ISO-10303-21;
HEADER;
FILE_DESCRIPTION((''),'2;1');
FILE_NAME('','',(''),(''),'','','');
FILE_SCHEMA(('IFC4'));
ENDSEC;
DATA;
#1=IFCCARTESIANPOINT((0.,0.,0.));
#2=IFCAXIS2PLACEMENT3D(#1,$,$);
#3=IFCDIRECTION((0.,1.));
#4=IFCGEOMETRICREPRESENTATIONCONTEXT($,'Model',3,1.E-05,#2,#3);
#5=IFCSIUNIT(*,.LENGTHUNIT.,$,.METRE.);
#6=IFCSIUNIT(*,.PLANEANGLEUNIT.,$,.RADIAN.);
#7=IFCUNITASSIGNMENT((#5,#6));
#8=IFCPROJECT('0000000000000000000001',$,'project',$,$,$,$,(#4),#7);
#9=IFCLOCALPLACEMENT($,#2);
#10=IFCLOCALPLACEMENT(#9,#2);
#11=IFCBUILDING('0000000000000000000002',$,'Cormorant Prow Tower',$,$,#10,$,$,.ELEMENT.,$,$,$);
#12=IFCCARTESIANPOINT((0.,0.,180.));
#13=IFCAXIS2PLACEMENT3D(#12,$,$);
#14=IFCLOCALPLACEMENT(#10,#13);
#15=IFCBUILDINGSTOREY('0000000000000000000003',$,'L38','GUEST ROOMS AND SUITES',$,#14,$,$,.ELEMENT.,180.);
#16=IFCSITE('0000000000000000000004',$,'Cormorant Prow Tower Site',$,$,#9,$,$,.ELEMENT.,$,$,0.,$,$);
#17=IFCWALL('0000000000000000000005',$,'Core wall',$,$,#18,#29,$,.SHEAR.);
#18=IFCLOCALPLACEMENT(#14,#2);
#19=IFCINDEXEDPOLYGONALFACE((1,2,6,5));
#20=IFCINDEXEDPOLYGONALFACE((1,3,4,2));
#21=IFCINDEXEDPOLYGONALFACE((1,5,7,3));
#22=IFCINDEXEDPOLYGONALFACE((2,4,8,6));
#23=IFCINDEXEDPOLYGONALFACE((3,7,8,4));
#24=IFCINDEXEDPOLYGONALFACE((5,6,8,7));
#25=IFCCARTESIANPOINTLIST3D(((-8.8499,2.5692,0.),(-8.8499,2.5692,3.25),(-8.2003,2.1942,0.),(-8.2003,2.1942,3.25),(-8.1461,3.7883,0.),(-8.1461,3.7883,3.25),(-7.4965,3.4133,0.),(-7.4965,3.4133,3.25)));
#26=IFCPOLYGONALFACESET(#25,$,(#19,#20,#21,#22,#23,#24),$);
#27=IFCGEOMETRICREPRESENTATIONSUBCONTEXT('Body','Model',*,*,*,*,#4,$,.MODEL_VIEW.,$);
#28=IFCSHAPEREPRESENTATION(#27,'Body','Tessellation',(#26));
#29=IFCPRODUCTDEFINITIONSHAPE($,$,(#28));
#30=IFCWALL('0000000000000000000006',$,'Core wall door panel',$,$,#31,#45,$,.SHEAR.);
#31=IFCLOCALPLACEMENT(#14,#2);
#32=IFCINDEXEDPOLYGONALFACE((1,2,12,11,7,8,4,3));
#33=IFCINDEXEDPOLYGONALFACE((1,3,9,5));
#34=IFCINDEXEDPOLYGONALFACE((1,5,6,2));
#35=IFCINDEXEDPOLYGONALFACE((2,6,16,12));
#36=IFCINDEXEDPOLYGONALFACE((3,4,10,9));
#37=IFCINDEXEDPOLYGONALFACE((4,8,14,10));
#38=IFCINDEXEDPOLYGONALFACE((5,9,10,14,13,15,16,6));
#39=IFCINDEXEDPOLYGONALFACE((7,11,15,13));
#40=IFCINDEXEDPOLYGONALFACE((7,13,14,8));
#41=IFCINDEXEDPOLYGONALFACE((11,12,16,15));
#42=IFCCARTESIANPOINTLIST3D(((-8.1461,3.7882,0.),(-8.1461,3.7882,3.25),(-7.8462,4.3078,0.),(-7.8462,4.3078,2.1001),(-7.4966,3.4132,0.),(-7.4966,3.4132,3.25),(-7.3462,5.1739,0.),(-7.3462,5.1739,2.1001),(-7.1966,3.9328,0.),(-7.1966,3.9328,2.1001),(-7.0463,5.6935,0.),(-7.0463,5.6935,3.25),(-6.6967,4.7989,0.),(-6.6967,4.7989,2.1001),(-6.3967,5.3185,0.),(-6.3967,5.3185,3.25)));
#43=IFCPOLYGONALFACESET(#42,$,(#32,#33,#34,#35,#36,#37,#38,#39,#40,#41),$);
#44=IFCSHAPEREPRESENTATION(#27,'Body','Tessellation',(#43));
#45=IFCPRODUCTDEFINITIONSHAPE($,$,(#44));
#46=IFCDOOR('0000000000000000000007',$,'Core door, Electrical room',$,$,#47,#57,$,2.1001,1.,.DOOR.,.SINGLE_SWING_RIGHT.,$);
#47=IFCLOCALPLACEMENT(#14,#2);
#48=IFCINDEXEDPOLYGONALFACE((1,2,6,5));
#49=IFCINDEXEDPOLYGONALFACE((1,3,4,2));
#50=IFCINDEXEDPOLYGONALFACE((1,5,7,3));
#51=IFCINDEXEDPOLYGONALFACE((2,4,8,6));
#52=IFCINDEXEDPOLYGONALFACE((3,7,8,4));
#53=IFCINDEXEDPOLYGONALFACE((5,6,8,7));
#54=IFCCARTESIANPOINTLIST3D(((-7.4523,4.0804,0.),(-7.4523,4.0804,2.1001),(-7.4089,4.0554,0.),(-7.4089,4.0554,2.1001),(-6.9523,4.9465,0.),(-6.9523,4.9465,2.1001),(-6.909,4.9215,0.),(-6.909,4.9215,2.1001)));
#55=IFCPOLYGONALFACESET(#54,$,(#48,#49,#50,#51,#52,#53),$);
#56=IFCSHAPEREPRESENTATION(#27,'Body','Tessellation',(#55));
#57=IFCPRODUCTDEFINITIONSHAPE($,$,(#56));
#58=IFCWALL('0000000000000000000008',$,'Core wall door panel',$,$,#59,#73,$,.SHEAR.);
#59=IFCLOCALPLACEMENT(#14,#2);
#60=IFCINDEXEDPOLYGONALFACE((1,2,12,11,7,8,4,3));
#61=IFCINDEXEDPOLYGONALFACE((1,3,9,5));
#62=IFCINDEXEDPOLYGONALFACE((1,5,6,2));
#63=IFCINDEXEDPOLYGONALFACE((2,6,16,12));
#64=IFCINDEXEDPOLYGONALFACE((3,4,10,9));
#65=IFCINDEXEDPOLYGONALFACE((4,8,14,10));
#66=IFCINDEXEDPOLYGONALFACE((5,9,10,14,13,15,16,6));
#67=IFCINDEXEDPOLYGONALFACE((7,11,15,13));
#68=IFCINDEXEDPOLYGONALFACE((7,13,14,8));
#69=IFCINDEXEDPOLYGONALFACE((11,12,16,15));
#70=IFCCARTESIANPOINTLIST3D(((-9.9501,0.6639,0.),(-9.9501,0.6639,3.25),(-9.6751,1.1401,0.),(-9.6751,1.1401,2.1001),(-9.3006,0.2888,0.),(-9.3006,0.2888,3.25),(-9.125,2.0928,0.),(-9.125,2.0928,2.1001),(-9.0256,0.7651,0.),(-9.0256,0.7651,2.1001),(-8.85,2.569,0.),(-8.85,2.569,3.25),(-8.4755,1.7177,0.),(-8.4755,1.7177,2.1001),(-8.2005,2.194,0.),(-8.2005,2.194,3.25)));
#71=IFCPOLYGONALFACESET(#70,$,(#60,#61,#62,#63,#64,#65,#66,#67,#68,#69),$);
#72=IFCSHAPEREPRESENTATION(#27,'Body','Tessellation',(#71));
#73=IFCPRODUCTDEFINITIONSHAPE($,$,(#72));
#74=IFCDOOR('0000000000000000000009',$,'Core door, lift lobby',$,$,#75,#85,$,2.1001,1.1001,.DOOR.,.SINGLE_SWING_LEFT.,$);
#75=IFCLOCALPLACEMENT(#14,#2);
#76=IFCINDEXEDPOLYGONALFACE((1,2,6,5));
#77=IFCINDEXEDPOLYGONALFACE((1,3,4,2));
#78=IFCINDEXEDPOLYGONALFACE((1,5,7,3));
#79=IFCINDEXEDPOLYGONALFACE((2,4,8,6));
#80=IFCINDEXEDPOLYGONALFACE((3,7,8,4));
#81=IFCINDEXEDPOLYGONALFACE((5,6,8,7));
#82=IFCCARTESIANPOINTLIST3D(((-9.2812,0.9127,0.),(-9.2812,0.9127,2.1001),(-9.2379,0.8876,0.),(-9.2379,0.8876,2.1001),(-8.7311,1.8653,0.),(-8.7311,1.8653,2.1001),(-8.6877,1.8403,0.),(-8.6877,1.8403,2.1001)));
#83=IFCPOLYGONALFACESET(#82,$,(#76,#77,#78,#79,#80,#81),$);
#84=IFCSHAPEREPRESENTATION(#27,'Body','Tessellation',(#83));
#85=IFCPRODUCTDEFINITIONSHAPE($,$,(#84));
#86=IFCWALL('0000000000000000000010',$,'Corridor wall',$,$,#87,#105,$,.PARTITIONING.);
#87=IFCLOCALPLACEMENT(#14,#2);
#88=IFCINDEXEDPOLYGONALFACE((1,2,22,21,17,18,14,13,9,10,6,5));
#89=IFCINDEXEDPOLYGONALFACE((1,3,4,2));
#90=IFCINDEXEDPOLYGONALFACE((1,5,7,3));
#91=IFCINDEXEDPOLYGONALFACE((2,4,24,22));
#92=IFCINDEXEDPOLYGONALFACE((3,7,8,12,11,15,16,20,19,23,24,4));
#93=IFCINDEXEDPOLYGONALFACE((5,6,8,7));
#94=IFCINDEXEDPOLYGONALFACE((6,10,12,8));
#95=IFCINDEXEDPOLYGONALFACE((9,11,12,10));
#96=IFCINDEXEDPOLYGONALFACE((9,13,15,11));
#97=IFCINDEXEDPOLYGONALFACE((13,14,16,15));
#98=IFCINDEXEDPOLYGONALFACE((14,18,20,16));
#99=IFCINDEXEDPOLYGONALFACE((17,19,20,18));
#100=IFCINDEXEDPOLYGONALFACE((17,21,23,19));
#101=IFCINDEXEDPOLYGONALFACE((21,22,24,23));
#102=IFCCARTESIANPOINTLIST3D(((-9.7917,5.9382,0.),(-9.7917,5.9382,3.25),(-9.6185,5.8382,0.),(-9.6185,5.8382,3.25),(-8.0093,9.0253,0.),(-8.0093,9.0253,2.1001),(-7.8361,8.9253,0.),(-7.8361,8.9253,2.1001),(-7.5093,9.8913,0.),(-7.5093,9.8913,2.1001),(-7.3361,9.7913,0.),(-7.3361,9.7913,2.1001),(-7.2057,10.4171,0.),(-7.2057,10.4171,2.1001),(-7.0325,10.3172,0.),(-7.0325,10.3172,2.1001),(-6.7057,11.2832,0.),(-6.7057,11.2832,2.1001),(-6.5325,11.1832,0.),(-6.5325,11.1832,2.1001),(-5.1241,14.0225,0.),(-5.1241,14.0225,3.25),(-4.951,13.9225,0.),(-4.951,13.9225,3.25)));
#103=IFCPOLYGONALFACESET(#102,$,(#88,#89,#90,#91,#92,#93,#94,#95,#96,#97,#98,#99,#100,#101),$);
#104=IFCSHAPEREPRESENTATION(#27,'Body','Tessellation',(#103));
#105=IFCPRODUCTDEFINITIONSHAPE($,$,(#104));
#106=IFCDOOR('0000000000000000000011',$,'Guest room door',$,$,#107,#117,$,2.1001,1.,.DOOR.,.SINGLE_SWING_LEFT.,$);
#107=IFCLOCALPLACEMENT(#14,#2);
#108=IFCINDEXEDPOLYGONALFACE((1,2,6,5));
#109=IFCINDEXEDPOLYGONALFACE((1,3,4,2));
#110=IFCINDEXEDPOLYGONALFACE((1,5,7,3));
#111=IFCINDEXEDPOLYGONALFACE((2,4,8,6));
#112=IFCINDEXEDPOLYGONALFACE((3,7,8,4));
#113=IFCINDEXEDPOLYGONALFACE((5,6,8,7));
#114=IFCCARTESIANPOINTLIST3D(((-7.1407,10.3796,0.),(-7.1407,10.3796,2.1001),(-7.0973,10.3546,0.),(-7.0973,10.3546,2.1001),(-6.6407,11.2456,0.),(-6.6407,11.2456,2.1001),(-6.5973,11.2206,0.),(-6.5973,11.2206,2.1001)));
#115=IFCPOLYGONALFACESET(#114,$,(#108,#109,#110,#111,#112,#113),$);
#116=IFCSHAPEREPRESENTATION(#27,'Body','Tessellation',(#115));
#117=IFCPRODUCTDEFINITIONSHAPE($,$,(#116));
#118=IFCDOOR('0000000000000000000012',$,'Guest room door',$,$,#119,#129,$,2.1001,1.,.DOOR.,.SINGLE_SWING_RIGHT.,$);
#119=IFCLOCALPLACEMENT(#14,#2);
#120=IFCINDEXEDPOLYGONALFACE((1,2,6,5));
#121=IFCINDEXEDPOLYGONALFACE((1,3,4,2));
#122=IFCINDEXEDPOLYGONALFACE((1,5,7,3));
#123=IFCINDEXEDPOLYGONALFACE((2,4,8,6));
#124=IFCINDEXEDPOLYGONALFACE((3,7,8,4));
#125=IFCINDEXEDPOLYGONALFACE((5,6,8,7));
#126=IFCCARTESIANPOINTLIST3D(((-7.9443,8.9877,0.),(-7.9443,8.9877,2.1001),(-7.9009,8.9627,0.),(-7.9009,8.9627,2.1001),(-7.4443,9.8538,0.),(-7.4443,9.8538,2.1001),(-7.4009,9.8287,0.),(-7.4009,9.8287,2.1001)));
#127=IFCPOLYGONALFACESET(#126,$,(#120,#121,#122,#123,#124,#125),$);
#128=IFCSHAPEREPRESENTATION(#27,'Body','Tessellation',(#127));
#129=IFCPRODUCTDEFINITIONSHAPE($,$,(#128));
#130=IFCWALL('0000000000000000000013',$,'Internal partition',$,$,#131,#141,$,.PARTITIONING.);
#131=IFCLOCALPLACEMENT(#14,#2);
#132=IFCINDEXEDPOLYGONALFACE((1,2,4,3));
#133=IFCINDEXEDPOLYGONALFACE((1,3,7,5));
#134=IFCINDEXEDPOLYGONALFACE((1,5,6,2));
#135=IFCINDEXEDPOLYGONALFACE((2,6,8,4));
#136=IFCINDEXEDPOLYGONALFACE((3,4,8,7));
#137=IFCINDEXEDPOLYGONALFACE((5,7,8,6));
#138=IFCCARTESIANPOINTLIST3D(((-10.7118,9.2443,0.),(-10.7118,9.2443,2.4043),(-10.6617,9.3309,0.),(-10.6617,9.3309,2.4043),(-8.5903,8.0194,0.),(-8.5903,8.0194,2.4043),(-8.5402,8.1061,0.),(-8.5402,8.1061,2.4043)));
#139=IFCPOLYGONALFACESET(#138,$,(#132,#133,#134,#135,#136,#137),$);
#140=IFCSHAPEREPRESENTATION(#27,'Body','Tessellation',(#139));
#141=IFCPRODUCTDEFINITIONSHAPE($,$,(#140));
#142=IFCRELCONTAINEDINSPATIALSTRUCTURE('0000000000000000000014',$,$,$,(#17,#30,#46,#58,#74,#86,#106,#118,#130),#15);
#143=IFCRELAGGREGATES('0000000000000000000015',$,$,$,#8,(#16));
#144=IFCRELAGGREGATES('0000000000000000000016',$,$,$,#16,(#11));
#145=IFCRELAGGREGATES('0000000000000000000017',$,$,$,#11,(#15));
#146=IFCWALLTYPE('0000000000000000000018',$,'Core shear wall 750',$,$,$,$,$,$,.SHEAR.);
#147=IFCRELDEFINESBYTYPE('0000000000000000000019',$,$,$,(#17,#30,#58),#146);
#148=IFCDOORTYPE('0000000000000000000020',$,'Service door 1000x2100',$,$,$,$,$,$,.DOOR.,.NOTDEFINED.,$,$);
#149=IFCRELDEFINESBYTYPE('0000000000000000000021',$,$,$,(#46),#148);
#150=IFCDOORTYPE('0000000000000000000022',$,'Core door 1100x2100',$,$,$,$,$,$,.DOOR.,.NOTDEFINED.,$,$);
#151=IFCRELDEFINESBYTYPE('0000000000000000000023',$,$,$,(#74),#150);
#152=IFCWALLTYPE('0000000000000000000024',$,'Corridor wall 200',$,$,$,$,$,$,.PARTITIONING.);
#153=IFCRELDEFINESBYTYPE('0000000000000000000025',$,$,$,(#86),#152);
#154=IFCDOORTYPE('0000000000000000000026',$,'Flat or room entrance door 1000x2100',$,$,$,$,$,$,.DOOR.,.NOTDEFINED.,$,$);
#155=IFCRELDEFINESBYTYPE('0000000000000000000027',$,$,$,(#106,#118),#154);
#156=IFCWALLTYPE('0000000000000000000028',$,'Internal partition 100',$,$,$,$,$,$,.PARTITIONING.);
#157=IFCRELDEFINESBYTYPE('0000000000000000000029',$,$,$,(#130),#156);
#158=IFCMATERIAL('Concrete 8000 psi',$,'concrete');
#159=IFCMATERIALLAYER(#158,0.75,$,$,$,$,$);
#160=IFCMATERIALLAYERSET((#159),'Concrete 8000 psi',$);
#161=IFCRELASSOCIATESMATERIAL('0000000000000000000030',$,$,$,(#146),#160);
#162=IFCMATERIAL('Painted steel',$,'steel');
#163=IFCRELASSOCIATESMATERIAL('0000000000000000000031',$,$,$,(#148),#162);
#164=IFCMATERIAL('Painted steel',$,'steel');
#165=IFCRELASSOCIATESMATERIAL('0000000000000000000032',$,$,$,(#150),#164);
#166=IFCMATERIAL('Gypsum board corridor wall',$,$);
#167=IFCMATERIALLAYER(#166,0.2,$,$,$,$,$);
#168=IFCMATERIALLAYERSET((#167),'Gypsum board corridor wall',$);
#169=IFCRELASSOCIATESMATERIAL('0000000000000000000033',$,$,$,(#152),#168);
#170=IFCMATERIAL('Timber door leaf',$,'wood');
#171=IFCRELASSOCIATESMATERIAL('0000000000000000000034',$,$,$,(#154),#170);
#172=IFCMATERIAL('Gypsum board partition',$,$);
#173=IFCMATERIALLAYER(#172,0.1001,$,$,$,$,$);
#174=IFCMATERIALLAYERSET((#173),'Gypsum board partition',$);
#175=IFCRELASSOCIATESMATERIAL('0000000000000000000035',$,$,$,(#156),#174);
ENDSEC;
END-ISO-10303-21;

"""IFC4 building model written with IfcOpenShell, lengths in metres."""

from ifc_helpers import new_model, si_unit, direction, frame, frame_2d, origin, place, context, subcontext, project, spatial, rectangle, extrude, material, layer, layer_set, type_object, element, fill, save


model = new_model("IFC4")

# Units and contexts
model_context = context("Model", 3, precision=1e-05, world=origin(), true_north=direction((0.0, 1.0)))
body_context = subcontext(model_context, "Body", "Model", "MODEL_VIEW")
ifc_project = project(units=[si_unit("LENGTHUNIT", "METRE"), si_unit("PLANEANGLEUNIT", "RADIAN")], contexts=[model_context])

# Site, building, storey
site_placement = place(None, origin())
site = spatial("IfcSite", under=ifc_project, at=site_placement, Name="Cormorant Prow Tower Site", CompositionType="ELEMENT", RefElevation=0.0)
building_placement = place(site_placement, origin())
building = spatial("IfcBuilding", under=site, at=building_placement, Name="Cormorant Prow Tower", CompositionType="ELEMENT")
storey_placement = place(building_placement, frame((0.0, 0.0, 180.0)))
storey = spatial("IfcBuildingStorey", under=building, at=storey_placement, Name="L38", Description="GUEST ROOMS AND SUITES", CompositionType="ELEMENT", Elevation=180.0)

# Wall
ifc_material_1 = material(Name="Concrete 8000 psi", Category="concrete")
ifc_layer_1 = layer(ifc_material_1, 0.75)
ifc_layer_set_1 = layer_set([ifc_layer_1], Name="Concrete 8000 psi")
wall_type_1 = type_object("IfcWallType", Name="Core shear wall 750", PredefinedType="SHEAR", material=ifc_layer_set_1)
wall_1_placement = place(storey_placement, frame((-7.8213, 3.6008, 0.0), z_axis=(0.0, 0.0, 1.0), x_axis=(-0.499963, -0.866047, 0.0)))
element("IfcWall", 1, at=wall_1_placement, inside=storey, type_object=wall_type_1, Name="Core wall", PredefinedType="SHEAR", context=body_context, shape_type="SweptSolid", body=[
    extrude(rectangle(XDim=1.4077, YDim=0.75, at=frame_2d((0.7039, 0.0))), origin(), (0.0, 0.0, 1.0), 3.25),
])

# Walls, openings, doors
wall_2_placement = place(storey_placement, frame((-6.7214, 5.5061, 0.0), z_axis=(0.0, 0.0, 1.0), x_axis=(-0.499947, -0.866056, 0.0)))
wall_2 = element("IfcWall", 2, at=wall_2_placement, inside=storey, type_object=wall_type_1, Name="Core wall door panel", PredefinedType="SHEAR", context=body_context, shape_type="SweptSolid", body=[
    extrude(rectangle(XDim=2.2, YDim=0.75, at=frame_2d((1.1001, 0.0))), origin(), (0.0, 0.0, 1.0), 3.25),
])
opening_1_placement = place(wall_2_placement, frame((0.6001, 0.0, 0.0)))
opening_1 = element("IfcOpeningElement", 3, at=opening_1_placement, cuts=wall_2, PredefinedType="OPENING", context=body_context, shape_type="SweptSolid", body=[
    extrude(rectangle(XDim=1.0, YDim=2.1001, at=frame_2d((0.5, 1.05))), frame((0.0, 0.385, 0.0), z_axis=(0.0, -1.0, 0.0), x_axis=(1.0, 0.0, 0.0)), (0.0, 0.0, 1.0), 0.77),
])
ifc_material_2 = material(Name="Painted steel", Category="steel")
door_type_1 = type_object("IfcDoorType", Name="Service door 1000x2100", OperationType="NOTDEFINED", PredefinedType="DOOR", material=ifc_material_2)
door_1_placement = place(opening_1_placement, origin())
door_1 = element("IfcDoor", 4, at=door_1_placement, inside=storey, type_object=door_type_1, Name="Core door, Electrical room", OperationType="SINGLE_SWING_RIGHT", OverallHeight=2.1001, OverallWidth=1.0, PredefinedType="DOOR", context=body_context, shape_type="SweptSolid", body=[
    extrude(rectangle(XDim=1.0, YDim=2.1001, at=frame_2d((0.5, 1.05))), frame((0.0, 0.1299, 0.0), z_axis=(0.0, -1.0, 0.0), x_axis=(1.0, 0.0, 0.0)), (0.0, 0.0, 1.0), 0.05),
])
fill(opening_1, door_1)
wall_3_placement = place(storey_placement, frame((-8.5251, 2.3816, 0.0), z_axis=(0.0, 0.0, 1.0), x_axis=(-0.500078, -0.86598, 0.0)))
wall_3 = element("IfcWall", 5, at=wall_3_placement, inside=storey, type_object=wall_type_1, Name="Core wall door panel", PredefinedType="SHEAR", context=body_context, shape_type="SweptSolid", body=[
    extrude(rectangle(XDim=2.2, YDim=0.75, at=frame_2d((1.1001, 0.0))), origin(), (0.0, 0.0, 1.0), 3.25),
])
opening_2_placement = place(wall_3_placement, frame((0.55, 0.0, 0.0)))
opening_2 = element("IfcOpeningElement", 6, at=opening_2_placement, cuts=wall_3, PredefinedType="OPENING", context=body_context, shape_type="SweptSolid", body=[
    extrude(rectangle(XDim=1.1001, YDim=2.1001, at=frame_2d((0.55, 1.05))), frame((0.0, 0.385, 0.0), z_axis=(0.0, -1.0, 0.0), x_axis=(1.0, 0.0, 0.0)), (0.0, 0.0, 1.0), 0.77),
])
ifc_material_3 = material(Name="Painted steel", Category="steel")
door_type_2 = type_object("IfcDoorType", Name="Core door 1100x2100", OperationType="NOTDEFINED", PredefinedType="DOOR", material=ifc_material_3)
door_2_placement = place(opening_2_placement, origin())
door_2 = element("IfcDoor", 7, at=door_2_placement, inside=storey, type_object=door_type_2, Name="Core door, lift lobby", OperationType="SINGLE_SWING_LEFT", OverallHeight=2.1001, OverallWidth=1.1001, PredefinedType="DOOR", context=body_context, shape_type="SweptSolid", body=[
    extrude(rectangle(XDim=1.1001, YDim=2.1001, at=frame_2d((0.55, 1.05))), frame((0.0, 0.1299, 0.0), z_axis=(0.0, -1.0, 0.0), x_axis=(1.0, 0.0, 0.0)), (0.0, 0.0, 1.0), 0.05),
])
fill(opening_2, door_2)

# Wall, openings, doors
ifc_material_4 = material(Name="Gypsum board corridor wall")
ifc_layer_2 = layer(ifc_material_4, 0.2)
ifc_layer_set_2 = layer_set([ifc_layer_2], Name="Gypsum board corridor wall")
wall_type_2 = type_object("IfcWallType", Name="Corridor wall 200", PredefinedType="PARTITIONING", material=ifc_layer_set_2)
wall_4_placement = place(storey_placement, frame((-9.7051, 5.8882, 0.0), z_axis=(0.0, 0.0, 1.0), x_axis=(0.500004, 0.866023, 0.0)))
wall_4 = element("IfcWall", 8, at=wall_4_placement, inside=storey, type_object=wall_type_2, Name="Corridor wall", PredefinedType="PARTITIONING", context=body_context, shape_type="SweptSolid", body=[
    extrude(rectangle(XDim=9.335, YDim=0.2, at=frame_2d((4.6675, 0.0))), origin(), (0.0, 0.0, 1.0), 3.25),
])
opening_3_placement = place(wall_4_placement, frame((5.1719, 0.0, 0.0)))
opening_3 = element("IfcOpeningElement", 9, at=opening_3_placement, cuts=wall_4, PredefinedType="OPENING", context=body_context, shape_type="SweptSolid", body=[
    extrude(rectangle(XDim=1.0, YDim=2.1001, at=frame_2d((0.5, 1.05))), frame((0.0, 0.1099, 0.0), z_axis=(0.0, -1.0, 0.0), x_axis=(1.0, 0.0, 0.0)), (0.0, 0.0, 1.0), 0.22),
])
opening_4_placement = place(wall_4_placement, frame((3.5647, 0.0, 0.0)))
opening_4 = element("IfcOpeningElement", 10, at=opening_4_placement, cuts=wall_4, PredefinedType="OPENING", context=body_context, shape_type="SweptSolid", body=[
    extrude(rectangle(XDim=1.0, YDim=2.1001, at=frame_2d((0.5, 1.05))), frame((0.0, 0.1099, 0.0), z_axis=(0.0, -1.0, 0.0), x_axis=(1.0, 0.0, 0.0)), (0.0, 0.0, 1.0), 0.22),
])
ifc_material_5 = material(Name="Timber door leaf", Category="wood")
door_type_3 = type_object("IfcDoorType", Name="Flat or room entrance door 1000x2100", OperationType="NOTDEFINED", PredefinedType="DOOR", material=ifc_material_5)
door_3_placement = place(opening_3_placement, origin())
door_3 = element("IfcDoor", 11, at=door_3_placement, inside=storey, type_object=door_type_3, Name="Guest room door", OperationType="SINGLE_SWING_LEFT", OverallHeight=2.1001, OverallWidth=1.0, PredefinedType="DOOR", context=body_context, shape_type="SweptSolid", body=[
    extrude(rectangle(XDim=1.0, YDim=2.1001, at=frame_2d((0.5, 1.05))), frame((0.0, 0.0249, 0.0), z_axis=(0.0, -1.0, 0.0), x_axis=(1.0, 0.0, 0.0)), (0.0, 0.0, 1.0), 0.05),
])
fill(opening_3, door_3)
door_4_placement = place(opening_4_placement, origin())
door_4 = element("IfcDoor", 12, at=door_4_placement, inside=storey, type_object=door_type_3, Name="Guest room door", OperationType="SINGLE_SWING_RIGHT", OverallHeight=2.1001, OverallWidth=1.0, PredefinedType="DOOR", context=body_context, shape_type="SweptSolid", body=[
    extrude(rectangle(XDim=1.0, YDim=2.1001, at=frame_2d((0.5, 1.05))), frame((0.0, 0.0249, 0.0), z_axis=(0.0, -1.0, 0.0), x_axis=(1.0, 0.0, 0.0)), (0.0, 0.0, 1.0), 0.05),
])
fill(opening_4, door_4)

# Wall
ifc_material_6 = material(Name="Gypsum board partition")
ifc_layer_3 = layer(ifc_material_6, 0.1001)
ifc_layer_set_3 = layer_set([ifc_layer_3], Name="Gypsum board partition")
wall_type_3 = type_object("IfcWallType", Name="Internal partition 100", PredefinedType="PARTITIONING", material=ifc_layer_set_3)
wall_5_placement = place(storey_placement, frame((-10.6868, 9.2876, 0.0), z_axis=(0.0, 0.0, 1.0), x_axis=(0.866033, -0.499987, 0.0)))
element("IfcWall", 13, at=wall_5_placement, inside=storey, type_object=wall_type_3, Name="Internal partition", PredefinedType="PARTITIONING", context=body_context, shape_type="SweptSolid", body=[
    extrude(rectangle(XDim=2.4497, YDim=0.1001, at=frame_2d((1.2249, 0.0))), origin(), (0.0, 0.0, 1.0), 2.4043),
])

save(model, "model.ifc")
